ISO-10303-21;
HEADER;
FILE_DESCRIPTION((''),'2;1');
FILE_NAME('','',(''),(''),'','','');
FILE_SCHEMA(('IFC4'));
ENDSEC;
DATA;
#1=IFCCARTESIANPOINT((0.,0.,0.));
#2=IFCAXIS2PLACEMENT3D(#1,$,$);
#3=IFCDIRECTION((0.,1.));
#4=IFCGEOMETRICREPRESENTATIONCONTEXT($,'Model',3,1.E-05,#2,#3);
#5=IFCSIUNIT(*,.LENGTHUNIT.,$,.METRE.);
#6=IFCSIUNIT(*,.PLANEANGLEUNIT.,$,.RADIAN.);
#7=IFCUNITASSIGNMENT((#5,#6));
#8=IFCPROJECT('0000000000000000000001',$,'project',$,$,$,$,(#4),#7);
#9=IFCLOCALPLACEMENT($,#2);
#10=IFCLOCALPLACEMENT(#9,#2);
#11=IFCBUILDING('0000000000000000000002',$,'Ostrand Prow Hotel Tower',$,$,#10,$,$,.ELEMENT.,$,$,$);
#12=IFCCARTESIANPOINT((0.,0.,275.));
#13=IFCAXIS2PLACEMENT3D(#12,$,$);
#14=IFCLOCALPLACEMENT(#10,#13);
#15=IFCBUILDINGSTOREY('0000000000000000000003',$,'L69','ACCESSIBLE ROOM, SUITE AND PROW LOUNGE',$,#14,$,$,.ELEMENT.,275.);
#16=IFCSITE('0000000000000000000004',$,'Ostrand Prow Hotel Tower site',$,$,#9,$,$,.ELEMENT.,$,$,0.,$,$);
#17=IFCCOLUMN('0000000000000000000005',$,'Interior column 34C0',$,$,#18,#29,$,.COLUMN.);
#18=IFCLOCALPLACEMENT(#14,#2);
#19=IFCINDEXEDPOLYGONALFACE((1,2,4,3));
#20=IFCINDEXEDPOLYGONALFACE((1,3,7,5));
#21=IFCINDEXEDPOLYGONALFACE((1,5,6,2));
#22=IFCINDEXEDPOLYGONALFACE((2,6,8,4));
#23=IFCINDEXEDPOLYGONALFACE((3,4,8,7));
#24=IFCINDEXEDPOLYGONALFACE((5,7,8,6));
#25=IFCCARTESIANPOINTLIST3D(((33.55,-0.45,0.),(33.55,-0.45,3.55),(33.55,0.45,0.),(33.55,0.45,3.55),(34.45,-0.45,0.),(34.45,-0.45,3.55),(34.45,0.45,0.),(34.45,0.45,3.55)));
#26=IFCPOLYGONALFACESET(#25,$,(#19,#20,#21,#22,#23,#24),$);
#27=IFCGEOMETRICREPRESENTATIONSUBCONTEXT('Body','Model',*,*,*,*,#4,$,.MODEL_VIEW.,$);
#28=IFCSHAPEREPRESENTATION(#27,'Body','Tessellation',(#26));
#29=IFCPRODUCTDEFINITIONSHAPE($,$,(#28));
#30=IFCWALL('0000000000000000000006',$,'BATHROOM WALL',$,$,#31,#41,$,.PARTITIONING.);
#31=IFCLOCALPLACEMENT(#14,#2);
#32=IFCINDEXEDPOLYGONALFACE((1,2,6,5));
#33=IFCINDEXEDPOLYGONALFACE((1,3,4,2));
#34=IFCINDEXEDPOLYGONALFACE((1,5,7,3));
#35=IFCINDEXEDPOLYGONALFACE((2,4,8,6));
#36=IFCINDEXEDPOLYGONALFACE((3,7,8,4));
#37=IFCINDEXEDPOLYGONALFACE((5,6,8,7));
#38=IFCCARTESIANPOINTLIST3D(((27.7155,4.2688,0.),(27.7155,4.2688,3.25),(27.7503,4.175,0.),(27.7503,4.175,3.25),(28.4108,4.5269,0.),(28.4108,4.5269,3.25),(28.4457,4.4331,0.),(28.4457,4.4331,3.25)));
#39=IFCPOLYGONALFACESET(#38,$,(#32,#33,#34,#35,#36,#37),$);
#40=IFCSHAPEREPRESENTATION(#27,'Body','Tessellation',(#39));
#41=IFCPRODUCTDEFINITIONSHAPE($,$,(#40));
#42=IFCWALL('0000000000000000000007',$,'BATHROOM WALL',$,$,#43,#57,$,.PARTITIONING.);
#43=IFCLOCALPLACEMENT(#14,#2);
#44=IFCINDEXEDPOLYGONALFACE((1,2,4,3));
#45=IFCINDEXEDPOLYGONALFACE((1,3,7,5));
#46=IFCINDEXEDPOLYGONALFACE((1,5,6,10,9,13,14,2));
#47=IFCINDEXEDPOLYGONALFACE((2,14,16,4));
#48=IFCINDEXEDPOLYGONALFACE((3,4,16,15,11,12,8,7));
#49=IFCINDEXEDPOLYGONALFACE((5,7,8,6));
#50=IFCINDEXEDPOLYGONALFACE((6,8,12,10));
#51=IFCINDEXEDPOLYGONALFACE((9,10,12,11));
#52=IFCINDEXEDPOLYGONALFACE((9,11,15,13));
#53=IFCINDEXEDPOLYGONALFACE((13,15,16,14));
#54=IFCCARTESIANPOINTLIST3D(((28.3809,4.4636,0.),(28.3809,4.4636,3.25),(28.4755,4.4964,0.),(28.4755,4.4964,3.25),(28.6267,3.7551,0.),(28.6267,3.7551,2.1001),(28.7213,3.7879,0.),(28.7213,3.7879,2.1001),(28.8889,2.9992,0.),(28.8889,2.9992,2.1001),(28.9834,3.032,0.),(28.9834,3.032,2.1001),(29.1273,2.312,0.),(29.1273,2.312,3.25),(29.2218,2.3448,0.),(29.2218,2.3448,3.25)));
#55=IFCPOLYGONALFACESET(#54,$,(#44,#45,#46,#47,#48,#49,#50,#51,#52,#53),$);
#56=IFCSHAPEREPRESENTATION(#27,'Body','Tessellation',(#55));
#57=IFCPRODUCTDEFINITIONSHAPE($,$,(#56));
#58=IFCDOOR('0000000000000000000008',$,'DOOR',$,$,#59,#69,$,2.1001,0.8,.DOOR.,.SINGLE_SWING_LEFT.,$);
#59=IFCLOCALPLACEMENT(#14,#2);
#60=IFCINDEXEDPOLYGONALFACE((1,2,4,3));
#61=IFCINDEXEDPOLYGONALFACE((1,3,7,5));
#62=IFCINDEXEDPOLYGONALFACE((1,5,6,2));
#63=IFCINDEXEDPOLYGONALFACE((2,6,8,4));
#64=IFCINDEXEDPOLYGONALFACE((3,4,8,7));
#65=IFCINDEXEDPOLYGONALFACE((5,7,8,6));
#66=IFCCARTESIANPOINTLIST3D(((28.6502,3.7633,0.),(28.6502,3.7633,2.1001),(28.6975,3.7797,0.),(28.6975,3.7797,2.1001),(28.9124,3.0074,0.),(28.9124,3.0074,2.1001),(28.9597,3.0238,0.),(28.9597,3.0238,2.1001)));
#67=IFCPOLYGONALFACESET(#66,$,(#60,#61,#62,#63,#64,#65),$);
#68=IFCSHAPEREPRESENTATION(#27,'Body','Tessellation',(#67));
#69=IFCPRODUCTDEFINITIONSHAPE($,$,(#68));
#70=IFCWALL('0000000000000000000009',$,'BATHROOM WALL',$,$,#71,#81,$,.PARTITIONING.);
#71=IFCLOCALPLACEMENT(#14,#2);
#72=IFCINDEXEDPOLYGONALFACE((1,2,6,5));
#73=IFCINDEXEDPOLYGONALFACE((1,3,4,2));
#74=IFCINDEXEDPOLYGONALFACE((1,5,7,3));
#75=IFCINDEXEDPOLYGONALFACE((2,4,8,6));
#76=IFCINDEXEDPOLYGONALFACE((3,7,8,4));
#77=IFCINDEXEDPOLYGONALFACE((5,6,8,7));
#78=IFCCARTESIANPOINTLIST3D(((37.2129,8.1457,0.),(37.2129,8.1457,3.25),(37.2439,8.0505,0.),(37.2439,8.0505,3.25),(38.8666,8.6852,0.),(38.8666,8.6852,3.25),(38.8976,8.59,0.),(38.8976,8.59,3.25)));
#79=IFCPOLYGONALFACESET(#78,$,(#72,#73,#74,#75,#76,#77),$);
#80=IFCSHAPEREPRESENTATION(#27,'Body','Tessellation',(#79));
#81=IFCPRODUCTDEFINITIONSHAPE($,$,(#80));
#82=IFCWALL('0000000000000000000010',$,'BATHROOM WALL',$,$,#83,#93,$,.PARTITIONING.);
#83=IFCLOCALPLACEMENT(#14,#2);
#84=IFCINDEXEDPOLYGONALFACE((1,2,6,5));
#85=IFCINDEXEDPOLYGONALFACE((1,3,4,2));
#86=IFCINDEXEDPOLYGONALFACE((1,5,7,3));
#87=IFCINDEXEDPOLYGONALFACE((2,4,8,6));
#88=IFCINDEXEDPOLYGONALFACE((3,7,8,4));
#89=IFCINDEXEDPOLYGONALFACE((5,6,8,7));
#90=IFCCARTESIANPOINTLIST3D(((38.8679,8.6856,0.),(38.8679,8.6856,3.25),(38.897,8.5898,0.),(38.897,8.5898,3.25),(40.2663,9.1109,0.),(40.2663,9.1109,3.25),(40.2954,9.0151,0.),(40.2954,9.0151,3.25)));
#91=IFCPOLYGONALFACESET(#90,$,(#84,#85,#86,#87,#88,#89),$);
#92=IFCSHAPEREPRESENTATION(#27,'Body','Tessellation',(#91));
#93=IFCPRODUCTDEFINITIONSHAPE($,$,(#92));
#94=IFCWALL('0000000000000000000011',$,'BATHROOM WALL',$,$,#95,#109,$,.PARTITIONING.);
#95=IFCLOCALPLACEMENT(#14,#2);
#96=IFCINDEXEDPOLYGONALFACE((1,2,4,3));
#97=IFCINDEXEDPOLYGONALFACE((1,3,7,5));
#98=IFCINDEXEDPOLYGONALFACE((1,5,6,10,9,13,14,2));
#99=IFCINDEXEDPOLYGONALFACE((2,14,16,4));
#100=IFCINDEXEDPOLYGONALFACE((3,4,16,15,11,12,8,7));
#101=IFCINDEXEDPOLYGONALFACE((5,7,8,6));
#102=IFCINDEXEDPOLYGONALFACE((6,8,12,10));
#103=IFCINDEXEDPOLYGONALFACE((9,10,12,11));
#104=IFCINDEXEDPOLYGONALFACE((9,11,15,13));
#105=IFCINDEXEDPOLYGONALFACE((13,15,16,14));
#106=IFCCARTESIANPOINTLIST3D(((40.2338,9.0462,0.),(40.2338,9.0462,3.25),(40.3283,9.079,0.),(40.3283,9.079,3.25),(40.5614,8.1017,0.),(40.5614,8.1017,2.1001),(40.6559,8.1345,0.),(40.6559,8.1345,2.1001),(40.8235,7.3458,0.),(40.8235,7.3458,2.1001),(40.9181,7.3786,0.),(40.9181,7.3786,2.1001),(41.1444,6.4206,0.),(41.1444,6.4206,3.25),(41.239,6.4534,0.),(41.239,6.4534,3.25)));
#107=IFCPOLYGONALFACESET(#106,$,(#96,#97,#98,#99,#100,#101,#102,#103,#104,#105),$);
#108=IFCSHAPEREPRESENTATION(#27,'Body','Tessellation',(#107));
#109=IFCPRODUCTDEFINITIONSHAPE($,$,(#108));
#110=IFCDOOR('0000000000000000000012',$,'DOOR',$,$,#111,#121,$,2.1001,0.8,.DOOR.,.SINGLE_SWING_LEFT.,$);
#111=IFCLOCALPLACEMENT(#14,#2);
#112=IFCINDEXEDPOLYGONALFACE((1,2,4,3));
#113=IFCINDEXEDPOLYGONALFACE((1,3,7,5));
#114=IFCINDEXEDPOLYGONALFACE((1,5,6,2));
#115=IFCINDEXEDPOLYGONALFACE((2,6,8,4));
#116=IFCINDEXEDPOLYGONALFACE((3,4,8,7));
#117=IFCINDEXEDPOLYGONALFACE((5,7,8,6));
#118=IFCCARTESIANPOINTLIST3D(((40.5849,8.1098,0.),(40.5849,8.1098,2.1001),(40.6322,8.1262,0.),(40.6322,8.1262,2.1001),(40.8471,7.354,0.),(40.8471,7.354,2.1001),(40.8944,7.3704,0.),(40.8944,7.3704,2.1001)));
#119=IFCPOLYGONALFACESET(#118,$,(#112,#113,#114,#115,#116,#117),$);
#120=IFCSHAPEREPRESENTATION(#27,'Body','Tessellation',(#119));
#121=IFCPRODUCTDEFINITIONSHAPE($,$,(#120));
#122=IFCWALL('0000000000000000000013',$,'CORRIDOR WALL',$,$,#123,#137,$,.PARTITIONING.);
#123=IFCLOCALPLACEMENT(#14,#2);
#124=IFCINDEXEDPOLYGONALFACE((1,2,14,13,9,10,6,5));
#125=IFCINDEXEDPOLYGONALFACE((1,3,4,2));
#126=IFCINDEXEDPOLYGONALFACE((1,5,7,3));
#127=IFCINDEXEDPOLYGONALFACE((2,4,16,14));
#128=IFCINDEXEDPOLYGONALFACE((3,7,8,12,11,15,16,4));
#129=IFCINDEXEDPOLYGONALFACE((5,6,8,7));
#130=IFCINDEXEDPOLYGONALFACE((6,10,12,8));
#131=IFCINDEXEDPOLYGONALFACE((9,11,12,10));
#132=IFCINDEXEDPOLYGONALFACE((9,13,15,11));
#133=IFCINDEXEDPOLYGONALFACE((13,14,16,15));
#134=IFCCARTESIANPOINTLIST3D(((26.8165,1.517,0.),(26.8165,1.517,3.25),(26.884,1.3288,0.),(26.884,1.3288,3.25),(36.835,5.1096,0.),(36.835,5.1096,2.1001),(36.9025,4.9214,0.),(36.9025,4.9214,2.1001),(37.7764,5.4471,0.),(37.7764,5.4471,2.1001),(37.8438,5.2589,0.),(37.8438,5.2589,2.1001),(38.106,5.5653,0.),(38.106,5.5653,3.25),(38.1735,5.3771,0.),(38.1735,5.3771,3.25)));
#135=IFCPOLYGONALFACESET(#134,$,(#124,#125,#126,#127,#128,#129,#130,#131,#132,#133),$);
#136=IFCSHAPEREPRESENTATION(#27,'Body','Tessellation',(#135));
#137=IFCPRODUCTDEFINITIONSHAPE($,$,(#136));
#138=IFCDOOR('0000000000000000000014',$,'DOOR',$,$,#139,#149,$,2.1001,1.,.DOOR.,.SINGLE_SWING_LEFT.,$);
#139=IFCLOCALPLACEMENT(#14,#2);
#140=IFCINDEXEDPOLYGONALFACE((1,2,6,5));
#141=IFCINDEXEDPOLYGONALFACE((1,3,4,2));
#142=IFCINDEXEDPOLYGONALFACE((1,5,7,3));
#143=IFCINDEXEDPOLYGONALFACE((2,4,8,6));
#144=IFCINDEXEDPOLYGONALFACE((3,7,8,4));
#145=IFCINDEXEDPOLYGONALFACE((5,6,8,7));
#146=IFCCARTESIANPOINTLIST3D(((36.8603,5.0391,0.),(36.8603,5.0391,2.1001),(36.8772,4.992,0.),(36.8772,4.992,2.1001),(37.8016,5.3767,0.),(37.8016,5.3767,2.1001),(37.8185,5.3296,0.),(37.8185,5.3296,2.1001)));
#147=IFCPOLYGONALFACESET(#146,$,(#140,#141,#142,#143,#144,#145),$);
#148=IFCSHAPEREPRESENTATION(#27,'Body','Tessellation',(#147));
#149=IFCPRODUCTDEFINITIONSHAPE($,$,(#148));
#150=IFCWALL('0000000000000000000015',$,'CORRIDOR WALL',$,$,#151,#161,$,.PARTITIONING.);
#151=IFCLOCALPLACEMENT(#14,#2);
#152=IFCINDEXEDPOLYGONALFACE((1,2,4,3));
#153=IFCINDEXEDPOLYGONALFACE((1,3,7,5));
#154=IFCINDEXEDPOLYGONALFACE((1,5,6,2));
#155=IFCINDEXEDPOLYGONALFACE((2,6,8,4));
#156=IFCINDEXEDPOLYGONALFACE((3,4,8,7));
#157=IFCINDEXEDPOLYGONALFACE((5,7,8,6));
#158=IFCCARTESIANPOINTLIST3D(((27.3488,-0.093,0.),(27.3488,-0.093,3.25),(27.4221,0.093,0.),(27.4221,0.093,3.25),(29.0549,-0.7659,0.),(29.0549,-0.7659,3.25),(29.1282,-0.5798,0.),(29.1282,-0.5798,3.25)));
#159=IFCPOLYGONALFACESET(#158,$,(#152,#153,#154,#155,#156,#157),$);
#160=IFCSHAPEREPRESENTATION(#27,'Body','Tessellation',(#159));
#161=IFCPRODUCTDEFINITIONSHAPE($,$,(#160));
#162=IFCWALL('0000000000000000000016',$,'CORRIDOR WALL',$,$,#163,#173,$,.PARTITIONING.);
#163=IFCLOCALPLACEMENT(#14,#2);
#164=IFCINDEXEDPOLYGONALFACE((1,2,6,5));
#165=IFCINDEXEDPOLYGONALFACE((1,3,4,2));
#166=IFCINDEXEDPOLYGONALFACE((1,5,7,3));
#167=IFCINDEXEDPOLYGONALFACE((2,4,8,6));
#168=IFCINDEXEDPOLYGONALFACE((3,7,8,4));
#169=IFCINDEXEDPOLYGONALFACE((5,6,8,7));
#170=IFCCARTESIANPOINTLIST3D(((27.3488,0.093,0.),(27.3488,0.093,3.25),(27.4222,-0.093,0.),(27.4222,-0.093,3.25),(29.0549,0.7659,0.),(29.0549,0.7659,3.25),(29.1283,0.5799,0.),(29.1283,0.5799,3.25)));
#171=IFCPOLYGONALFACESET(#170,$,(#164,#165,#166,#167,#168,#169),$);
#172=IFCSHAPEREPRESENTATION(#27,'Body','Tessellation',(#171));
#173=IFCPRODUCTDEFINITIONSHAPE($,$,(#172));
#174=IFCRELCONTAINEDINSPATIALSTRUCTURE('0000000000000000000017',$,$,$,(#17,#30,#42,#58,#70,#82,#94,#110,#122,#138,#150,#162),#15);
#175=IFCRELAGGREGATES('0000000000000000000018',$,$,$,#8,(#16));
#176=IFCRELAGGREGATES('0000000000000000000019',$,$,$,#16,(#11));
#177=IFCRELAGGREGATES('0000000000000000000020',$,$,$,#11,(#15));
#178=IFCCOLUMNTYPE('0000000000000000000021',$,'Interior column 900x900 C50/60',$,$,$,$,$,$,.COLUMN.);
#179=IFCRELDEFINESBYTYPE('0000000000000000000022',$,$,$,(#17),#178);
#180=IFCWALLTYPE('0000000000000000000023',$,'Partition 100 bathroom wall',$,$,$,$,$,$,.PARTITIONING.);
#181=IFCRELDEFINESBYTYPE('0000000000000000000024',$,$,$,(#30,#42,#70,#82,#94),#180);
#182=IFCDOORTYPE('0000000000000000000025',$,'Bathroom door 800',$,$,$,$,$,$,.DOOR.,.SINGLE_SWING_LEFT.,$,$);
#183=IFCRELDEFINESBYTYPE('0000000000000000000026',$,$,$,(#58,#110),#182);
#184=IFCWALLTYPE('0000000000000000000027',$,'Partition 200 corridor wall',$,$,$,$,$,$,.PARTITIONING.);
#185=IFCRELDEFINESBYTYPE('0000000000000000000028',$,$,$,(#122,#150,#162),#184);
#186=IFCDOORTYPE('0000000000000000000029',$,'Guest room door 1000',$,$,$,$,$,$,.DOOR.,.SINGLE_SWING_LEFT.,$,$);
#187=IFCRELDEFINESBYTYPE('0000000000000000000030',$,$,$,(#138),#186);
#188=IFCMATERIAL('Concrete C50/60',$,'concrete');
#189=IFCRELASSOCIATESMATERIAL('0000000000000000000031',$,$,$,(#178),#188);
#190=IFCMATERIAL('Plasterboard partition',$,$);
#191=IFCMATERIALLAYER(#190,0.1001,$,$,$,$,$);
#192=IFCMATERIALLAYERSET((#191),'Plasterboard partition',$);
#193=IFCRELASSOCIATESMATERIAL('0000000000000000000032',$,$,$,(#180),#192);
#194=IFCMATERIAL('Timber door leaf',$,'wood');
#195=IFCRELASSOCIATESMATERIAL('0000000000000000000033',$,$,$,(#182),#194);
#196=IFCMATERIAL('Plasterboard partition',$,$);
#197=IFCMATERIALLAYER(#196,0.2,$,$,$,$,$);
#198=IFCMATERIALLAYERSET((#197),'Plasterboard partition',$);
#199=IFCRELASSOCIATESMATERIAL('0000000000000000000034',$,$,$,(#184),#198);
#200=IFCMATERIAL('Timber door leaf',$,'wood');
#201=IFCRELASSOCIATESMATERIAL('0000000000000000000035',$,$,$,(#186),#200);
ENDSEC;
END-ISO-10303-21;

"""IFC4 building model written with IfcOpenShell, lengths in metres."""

from ifc_helpers import new_model, si_unit, direction, frame, frame_2d, origin, origin_2d, place, context, subcontext, project, spatial, rectangle, extrude, material, layer, layer_set, material_profile, profile_set, type_object, element, fill, save


model = new_model("IFC4")

# Units and contexts
model_context = context("Model", 3, precision=1e-05, world=origin(), true_north=direction((0.0, 1.0)))
body_context = subcontext(model_context, "Body", "Model", "MODEL_VIEW")
ifc_project = project(units=[si_unit("LENGTHUNIT", "METRE"), si_unit("PLANEANGLEUNIT", "RADIAN")], contexts=[model_context])

# Site, building, storey
site_placement = place(None, origin())
site = spatial("IfcSite", under=ifc_project, at=site_placement, Name="Ostrand Prow Hotel Tower site", CompositionType="ELEMENT", RefElevation=0.0)
building_placement = place(site_placement, origin())
building = spatial("IfcBuilding", under=site, at=building_placement, Name="Ostrand Prow Hotel Tower", CompositionType="ELEMENT")
storey_placement = place(building_placement, frame((0.0, 0.0, 275.0)))
storey = spatial("IfcBuildingStorey", under=building, at=storey_placement, Name="L69", Description="ACCESSIBLE ROOM, SUITE AND PROW LOUNGE", CompositionType="ELEMENT", Elevation=275.0)

# Column
ifc_material_1 = material(Name="Concrete C50/60", Category="concrete")
ifc_material_profile = material_profile(ifc_material_1, rectangle(XDim=0.8999, YDim=0.8999, at=origin_2d()), Name="RC 900x900")
ifc_profile_set = profile_set([ifc_material_profile], Name="Concrete C50/60")
column_type = type_object("IfcColumnType", Name="Interior column 900x900 C50/60", PredefinedType="COLUMN", material=ifc_profile_set)
column_placement = place(storey_placement, frame((34.0, 0.0, 0.0), z_axis=(0.0, 0.0, 1.0), x_axis=(1.0, 0.0, 0.0)))
element("IfcColumn", 1, at=column_placement, inside=storey, type_object=column_type, Name="Interior column 34C0", PredefinedType="COLUMN", context=body_context, shape_type="SweptSolid", body=[
    extrude(rectangle(XDim=0.8999, YDim=0.8999, at=origin_2d()), origin(), (0.0, 0.0, 1.0), 3.55),
])

# Wall
ifc_material_2 = material(Name="Plasterboard partition")
ifc_layer_1 = layer(ifc_material_2, 0.1001)
ifc_layer_set_1 = layer_set([ifc_layer_1], Name="Plasterboard partition")
wall_type_1 = type_object("IfcWallType", Name="Partition 100 bathroom wall", PredefinedType="PARTITIONING", material=ifc_layer_set_1)
wall_1_placement = place(storey_placement, frame((27.7329, 4.2219, 0.0), z_axis=(0.0, 0.0, 1.0), x_axis=(0.937514, 0.347947, 0.0)))
element("IfcWall", 2, at=wall_1_placement, inside=storey, type_object=wall_type_1, Name="BATHROOM WALL", PredefinedType="PARTITIONING", context=body_context, shape_type="SweptSolid", body=[
    extrude(rectangle(XDim=0.7417, YDim=0.1001, at=frame_2d((0.3708, 0.0))), origin(), (0.0, 0.0, 1.0), 3.25),
])

# Wall, opening, door
wall_2_placement = place(storey_placement, frame((28.4282, 4.48, 0.0), z_axis=(0.0, 0.0, 1.0), x_axis=(0.327718, -0.944776, 0.0)))
wall_2 = element("IfcWall", 3, at=wall_2_placement, inside=storey, type_object=wall_type_1, Name="BATHROOM WALL", PredefinedType="PARTITIONING", context=body_context, shape_type="SweptSolid", body=[
    extrude(rectangle(XDim=2.2773, YDim=0.1001, at=frame_2d((1.1387, 0.0))), origin(), (0.0, 0.0, 1.0), 3.25),
])
opening_1_placement = place(wall_2_placement, frame((0.75, 0.0, 0.0)))
opening_1 = element("IfcOpeningElement", 4, at=opening_1_placement, cuts=wall_2, PredefinedType="OPENING", context=body_context, shape_type="SweptSolid", body=[
    extrude(rectangle(XDim=0.8, YDim=2.1001, at=frame_2d((0.3999, 1.05))), frame((0.0, 0.0601, 0.0), z_axis=(0.0, -1.0, 0.0), x_axis=(1.0, 0.0, 0.0)), (0.0, 0.0, 1.0), 0.1201),
])
ifc_material_3 = material(Name="Timber door leaf", Category="wood")
door_type_1 = type_object("IfcDoorType", Name="Bathroom door 800", OperationType="SINGLE_SWING_LEFT", PredefinedType="DOOR", material=ifc_material_3)
door_1_placement = place(opening_1_placement, origin())
door_1 = element("IfcDoor", 5, at=door_1_placement, inside=storey, type_object=door_type_1, Name="DOOR", OperationType="SINGLE_SWING_LEFT", OverallHeight=2.1001, OverallWidth=0.8, PredefinedType="DOOR", context=body_context, shape_type="SweptSolid", body=[
    extrude(rectangle(XDim=0.8, YDim=2.1001, at=frame_2d((0.3999, 1.05))), frame((0.0, 0.0249, 0.0), z_axis=(0.0, -1.0, 0.0), x_axis=(1.0, 0.0, 0.0)), (0.0, 0.0, 1.0), 0.05),
])
fill(opening_1, door_1)

# Walls
wall_3_placement = place(storey_placement, frame((37.2285, 8.0981, 0.0), z_axis=(0.0, 0.0, 1.0), x_axis=(0.950685, 0.310158, 0.0)))
element("IfcWall", 6, at=wall_3_placement, inside=storey, type_object=wall_type_1, Name="BATHROOM WALL", PredefinedType="PARTITIONING", context=body_context, shape_type="SweptSolid", body=[
    extrude(rectangle(XDim=1.7395, YDim=0.1001, at=frame_2d((0.8696, 0.0))), origin(), (0.0, 0.0, 1.0), 3.25),
])
wall_4_placement = place(storey_placement, frame((38.8823, 8.6377, 0.0), z_axis=(0.0, 0.0, 1.0), x_axis=(0.956735, 0.290962, 0.0)))
element("IfcWall", 7, at=wall_4_placement, inside=storey, type_object=wall_type_1, Name="BATHROOM WALL", PredefinedType="PARTITIONING", context=body_context, shape_type="SweptSolid", body=[
    extrude(rectangle(XDim=1.4617, YDim=0.1001, at=frame_2d((0.731, 0.0))), origin(), (0.0, 0.0, 1.0), 3.25),
])

# Walls, openings, doors
wall_5_placement = place(storey_placement, frame((40.281, 9.0627, 0.0), z_axis=(0.0, 0.0, 1.0), x_axis=(0.327696, -0.944783, 0.0)))
wall_5 = element("IfcWall", 8, at=wall_5_placement, inside=storey, type_object=wall_type_1, Name="BATHROOM WALL", PredefinedType="PARTITIONING", context=body_context, shape_type="SweptSolid", body=[
    extrude(rectangle(XDim=2.7791, YDim=0.1001, at=frame_2d((1.3896, 0.0))), origin(), (0.0, 0.0, 1.0), 3.25),
])
opening_2_placement = place(wall_5_placement, frame((1.0, 0.0, 0.0)))
opening_2 = element("IfcOpeningElement", 9, at=opening_2_placement, cuts=wall_5, PredefinedType="OPENING", context=body_context, shape_type="SweptSolid", body=[
    extrude(rectangle(XDim=0.8, YDim=2.1001, at=frame_2d((0.3999, 1.05))), frame((0.0, 0.0601, 0.0), z_axis=(0.0, -1.0, 0.0), x_axis=(1.0, 0.0, 0.0)), (0.0, 0.0, 1.0), 0.1201),
])
door_2_placement = place(opening_2_placement, origin())
door_2 = element("IfcDoor", 10, at=door_2_placement, inside=storey, type_object=door_type_1, Name="DOOR", OperationType="SINGLE_SWING_LEFT", OverallHeight=2.1001, OverallWidth=0.8, PredefinedType="DOOR", context=body_context, shape_type="SweptSolid", body=[
    extrude(rectangle(XDim=0.8, YDim=2.1001, at=frame_2d((0.3999, 1.05))), frame((0.0, 0.0249, 0.0), z_axis=(0.0, -1.0, 0.0), x_axis=(1.0, 0.0, 0.0)), (0.0, 0.0, 1.0), 0.05),
])
fill(opening_2, door_2)
ifc_material_4 = material(Name="Plasterboard partition")
ifc_layer_2 = layer(ifc_material_4, 0.2)
ifc_layer_set_2 = layer_set([ifc_layer_2], Name="Plasterboard partition")
wall_type_2 = type_object("IfcWallType", Name="Partition 200 corridor wall", PredefinedType="PARTITIONING", material=ifc_layer_set_2)
wall_6_placement = place(storey_placement, frame((38.1396, 5.4712, 0.0), z_axis=(0.0, 0.0, 1.0), x_axis=(-0.941309, -0.337546, 0.0)))
wall_6 = element("IfcWall", 11, at=wall_6_placement, inside=storey, type_object=wall_type_2, Name="CORRIDOR WALL", PredefinedType="PARTITIONING", context=body_context, shape_type="SweptSolid", body=[
    extrude(rectangle(XDim=11.9934, YDim=0.2, at=frame_2d((5.9966, 0.0))), origin(), (0.0, 0.0, 1.0), 3.25),
])
opening_3_placement = place(wall_6_placement, frame((0.3501, 0.0, 0.0)))
opening_3 = element("IfcOpeningElement", 12, at=opening_3_placement, cuts=wall_6, PredefinedType="OPENING", context=body_context, shape_type="SweptSolid", body=[
    extrude(rectangle(XDim=1.0, YDim=2.1001, at=frame_2d((0.5, 1.05))), frame((0.0, 0.1099, 0.0), z_axis=(0.0, -1.0, 0.0), x_axis=(1.0, 0.0, 0.0)), (0.0, 0.0, 1.0), 0.22),
])
ifc_material_5 = material(Name="Timber door leaf", Category="wood")
door_type_2 = type_object("IfcDoorType", Name="Guest room door 1000", OperationType="SINGLE_SWING_LEFT", PredefinedType="DOOR", material=ifc_material_5)
door_3_placement = place(opening_3_placement, origin())
door_3 = element("IfcDoor", 13, at=door_3_placement, inside=storey, type_object=door_type_2, Name="DOOR", OperationType="SINGLE_SWING_LEFT", OverallHeight=2.1001, OverallWidth=1.0, PredefinedType="DOOR", context=body_context, shape_type="SweptSolid", body=[
    extrude(rectangle(XDim=1.0, YDim=2.1001, at=frame_2d((0.5, 1.05))), frame((0.0, 0.0249, 0.0), z_axis=(0.0, -1.0, 0.0), x_axis=(1.0, 0.0, 0.0)), (0.0, 0.0, 1.0), 0.05),
])
fill(opening_3, door_3)

# Walls
for number, where, z_axis, x_axis, name in (
    (14, (29.0916, -0.6729, 0.0), (0.0, 0.0, 1.0), (-0.930265, 0.366888, 0.0), "CORRIDOR WALL"),
    (15, (27.3855, 0.0, 0.0), (0.0, 0.0, 1.0), (0.930265, 0.366888, 0.0), "CORRIDOR WALL"),
):
    element("IfcWall", number, at=place(storey_placement, frame(where, z_axis=z_axis, x_axis=x_axis)), inside=storey, type_object=wall_type_2, Name=name, PredefinedType="PARTITIONING", context=body_context, shape_type="SweptSolid", body=[
        extrude(rectangle(XDim=1.834, YDim=0.2, at=frame_2d((0.917, 0.0))), origin(), (0.0, 0.0, 1.0), 3.25),
    ])

save(model, "model.ifc")
